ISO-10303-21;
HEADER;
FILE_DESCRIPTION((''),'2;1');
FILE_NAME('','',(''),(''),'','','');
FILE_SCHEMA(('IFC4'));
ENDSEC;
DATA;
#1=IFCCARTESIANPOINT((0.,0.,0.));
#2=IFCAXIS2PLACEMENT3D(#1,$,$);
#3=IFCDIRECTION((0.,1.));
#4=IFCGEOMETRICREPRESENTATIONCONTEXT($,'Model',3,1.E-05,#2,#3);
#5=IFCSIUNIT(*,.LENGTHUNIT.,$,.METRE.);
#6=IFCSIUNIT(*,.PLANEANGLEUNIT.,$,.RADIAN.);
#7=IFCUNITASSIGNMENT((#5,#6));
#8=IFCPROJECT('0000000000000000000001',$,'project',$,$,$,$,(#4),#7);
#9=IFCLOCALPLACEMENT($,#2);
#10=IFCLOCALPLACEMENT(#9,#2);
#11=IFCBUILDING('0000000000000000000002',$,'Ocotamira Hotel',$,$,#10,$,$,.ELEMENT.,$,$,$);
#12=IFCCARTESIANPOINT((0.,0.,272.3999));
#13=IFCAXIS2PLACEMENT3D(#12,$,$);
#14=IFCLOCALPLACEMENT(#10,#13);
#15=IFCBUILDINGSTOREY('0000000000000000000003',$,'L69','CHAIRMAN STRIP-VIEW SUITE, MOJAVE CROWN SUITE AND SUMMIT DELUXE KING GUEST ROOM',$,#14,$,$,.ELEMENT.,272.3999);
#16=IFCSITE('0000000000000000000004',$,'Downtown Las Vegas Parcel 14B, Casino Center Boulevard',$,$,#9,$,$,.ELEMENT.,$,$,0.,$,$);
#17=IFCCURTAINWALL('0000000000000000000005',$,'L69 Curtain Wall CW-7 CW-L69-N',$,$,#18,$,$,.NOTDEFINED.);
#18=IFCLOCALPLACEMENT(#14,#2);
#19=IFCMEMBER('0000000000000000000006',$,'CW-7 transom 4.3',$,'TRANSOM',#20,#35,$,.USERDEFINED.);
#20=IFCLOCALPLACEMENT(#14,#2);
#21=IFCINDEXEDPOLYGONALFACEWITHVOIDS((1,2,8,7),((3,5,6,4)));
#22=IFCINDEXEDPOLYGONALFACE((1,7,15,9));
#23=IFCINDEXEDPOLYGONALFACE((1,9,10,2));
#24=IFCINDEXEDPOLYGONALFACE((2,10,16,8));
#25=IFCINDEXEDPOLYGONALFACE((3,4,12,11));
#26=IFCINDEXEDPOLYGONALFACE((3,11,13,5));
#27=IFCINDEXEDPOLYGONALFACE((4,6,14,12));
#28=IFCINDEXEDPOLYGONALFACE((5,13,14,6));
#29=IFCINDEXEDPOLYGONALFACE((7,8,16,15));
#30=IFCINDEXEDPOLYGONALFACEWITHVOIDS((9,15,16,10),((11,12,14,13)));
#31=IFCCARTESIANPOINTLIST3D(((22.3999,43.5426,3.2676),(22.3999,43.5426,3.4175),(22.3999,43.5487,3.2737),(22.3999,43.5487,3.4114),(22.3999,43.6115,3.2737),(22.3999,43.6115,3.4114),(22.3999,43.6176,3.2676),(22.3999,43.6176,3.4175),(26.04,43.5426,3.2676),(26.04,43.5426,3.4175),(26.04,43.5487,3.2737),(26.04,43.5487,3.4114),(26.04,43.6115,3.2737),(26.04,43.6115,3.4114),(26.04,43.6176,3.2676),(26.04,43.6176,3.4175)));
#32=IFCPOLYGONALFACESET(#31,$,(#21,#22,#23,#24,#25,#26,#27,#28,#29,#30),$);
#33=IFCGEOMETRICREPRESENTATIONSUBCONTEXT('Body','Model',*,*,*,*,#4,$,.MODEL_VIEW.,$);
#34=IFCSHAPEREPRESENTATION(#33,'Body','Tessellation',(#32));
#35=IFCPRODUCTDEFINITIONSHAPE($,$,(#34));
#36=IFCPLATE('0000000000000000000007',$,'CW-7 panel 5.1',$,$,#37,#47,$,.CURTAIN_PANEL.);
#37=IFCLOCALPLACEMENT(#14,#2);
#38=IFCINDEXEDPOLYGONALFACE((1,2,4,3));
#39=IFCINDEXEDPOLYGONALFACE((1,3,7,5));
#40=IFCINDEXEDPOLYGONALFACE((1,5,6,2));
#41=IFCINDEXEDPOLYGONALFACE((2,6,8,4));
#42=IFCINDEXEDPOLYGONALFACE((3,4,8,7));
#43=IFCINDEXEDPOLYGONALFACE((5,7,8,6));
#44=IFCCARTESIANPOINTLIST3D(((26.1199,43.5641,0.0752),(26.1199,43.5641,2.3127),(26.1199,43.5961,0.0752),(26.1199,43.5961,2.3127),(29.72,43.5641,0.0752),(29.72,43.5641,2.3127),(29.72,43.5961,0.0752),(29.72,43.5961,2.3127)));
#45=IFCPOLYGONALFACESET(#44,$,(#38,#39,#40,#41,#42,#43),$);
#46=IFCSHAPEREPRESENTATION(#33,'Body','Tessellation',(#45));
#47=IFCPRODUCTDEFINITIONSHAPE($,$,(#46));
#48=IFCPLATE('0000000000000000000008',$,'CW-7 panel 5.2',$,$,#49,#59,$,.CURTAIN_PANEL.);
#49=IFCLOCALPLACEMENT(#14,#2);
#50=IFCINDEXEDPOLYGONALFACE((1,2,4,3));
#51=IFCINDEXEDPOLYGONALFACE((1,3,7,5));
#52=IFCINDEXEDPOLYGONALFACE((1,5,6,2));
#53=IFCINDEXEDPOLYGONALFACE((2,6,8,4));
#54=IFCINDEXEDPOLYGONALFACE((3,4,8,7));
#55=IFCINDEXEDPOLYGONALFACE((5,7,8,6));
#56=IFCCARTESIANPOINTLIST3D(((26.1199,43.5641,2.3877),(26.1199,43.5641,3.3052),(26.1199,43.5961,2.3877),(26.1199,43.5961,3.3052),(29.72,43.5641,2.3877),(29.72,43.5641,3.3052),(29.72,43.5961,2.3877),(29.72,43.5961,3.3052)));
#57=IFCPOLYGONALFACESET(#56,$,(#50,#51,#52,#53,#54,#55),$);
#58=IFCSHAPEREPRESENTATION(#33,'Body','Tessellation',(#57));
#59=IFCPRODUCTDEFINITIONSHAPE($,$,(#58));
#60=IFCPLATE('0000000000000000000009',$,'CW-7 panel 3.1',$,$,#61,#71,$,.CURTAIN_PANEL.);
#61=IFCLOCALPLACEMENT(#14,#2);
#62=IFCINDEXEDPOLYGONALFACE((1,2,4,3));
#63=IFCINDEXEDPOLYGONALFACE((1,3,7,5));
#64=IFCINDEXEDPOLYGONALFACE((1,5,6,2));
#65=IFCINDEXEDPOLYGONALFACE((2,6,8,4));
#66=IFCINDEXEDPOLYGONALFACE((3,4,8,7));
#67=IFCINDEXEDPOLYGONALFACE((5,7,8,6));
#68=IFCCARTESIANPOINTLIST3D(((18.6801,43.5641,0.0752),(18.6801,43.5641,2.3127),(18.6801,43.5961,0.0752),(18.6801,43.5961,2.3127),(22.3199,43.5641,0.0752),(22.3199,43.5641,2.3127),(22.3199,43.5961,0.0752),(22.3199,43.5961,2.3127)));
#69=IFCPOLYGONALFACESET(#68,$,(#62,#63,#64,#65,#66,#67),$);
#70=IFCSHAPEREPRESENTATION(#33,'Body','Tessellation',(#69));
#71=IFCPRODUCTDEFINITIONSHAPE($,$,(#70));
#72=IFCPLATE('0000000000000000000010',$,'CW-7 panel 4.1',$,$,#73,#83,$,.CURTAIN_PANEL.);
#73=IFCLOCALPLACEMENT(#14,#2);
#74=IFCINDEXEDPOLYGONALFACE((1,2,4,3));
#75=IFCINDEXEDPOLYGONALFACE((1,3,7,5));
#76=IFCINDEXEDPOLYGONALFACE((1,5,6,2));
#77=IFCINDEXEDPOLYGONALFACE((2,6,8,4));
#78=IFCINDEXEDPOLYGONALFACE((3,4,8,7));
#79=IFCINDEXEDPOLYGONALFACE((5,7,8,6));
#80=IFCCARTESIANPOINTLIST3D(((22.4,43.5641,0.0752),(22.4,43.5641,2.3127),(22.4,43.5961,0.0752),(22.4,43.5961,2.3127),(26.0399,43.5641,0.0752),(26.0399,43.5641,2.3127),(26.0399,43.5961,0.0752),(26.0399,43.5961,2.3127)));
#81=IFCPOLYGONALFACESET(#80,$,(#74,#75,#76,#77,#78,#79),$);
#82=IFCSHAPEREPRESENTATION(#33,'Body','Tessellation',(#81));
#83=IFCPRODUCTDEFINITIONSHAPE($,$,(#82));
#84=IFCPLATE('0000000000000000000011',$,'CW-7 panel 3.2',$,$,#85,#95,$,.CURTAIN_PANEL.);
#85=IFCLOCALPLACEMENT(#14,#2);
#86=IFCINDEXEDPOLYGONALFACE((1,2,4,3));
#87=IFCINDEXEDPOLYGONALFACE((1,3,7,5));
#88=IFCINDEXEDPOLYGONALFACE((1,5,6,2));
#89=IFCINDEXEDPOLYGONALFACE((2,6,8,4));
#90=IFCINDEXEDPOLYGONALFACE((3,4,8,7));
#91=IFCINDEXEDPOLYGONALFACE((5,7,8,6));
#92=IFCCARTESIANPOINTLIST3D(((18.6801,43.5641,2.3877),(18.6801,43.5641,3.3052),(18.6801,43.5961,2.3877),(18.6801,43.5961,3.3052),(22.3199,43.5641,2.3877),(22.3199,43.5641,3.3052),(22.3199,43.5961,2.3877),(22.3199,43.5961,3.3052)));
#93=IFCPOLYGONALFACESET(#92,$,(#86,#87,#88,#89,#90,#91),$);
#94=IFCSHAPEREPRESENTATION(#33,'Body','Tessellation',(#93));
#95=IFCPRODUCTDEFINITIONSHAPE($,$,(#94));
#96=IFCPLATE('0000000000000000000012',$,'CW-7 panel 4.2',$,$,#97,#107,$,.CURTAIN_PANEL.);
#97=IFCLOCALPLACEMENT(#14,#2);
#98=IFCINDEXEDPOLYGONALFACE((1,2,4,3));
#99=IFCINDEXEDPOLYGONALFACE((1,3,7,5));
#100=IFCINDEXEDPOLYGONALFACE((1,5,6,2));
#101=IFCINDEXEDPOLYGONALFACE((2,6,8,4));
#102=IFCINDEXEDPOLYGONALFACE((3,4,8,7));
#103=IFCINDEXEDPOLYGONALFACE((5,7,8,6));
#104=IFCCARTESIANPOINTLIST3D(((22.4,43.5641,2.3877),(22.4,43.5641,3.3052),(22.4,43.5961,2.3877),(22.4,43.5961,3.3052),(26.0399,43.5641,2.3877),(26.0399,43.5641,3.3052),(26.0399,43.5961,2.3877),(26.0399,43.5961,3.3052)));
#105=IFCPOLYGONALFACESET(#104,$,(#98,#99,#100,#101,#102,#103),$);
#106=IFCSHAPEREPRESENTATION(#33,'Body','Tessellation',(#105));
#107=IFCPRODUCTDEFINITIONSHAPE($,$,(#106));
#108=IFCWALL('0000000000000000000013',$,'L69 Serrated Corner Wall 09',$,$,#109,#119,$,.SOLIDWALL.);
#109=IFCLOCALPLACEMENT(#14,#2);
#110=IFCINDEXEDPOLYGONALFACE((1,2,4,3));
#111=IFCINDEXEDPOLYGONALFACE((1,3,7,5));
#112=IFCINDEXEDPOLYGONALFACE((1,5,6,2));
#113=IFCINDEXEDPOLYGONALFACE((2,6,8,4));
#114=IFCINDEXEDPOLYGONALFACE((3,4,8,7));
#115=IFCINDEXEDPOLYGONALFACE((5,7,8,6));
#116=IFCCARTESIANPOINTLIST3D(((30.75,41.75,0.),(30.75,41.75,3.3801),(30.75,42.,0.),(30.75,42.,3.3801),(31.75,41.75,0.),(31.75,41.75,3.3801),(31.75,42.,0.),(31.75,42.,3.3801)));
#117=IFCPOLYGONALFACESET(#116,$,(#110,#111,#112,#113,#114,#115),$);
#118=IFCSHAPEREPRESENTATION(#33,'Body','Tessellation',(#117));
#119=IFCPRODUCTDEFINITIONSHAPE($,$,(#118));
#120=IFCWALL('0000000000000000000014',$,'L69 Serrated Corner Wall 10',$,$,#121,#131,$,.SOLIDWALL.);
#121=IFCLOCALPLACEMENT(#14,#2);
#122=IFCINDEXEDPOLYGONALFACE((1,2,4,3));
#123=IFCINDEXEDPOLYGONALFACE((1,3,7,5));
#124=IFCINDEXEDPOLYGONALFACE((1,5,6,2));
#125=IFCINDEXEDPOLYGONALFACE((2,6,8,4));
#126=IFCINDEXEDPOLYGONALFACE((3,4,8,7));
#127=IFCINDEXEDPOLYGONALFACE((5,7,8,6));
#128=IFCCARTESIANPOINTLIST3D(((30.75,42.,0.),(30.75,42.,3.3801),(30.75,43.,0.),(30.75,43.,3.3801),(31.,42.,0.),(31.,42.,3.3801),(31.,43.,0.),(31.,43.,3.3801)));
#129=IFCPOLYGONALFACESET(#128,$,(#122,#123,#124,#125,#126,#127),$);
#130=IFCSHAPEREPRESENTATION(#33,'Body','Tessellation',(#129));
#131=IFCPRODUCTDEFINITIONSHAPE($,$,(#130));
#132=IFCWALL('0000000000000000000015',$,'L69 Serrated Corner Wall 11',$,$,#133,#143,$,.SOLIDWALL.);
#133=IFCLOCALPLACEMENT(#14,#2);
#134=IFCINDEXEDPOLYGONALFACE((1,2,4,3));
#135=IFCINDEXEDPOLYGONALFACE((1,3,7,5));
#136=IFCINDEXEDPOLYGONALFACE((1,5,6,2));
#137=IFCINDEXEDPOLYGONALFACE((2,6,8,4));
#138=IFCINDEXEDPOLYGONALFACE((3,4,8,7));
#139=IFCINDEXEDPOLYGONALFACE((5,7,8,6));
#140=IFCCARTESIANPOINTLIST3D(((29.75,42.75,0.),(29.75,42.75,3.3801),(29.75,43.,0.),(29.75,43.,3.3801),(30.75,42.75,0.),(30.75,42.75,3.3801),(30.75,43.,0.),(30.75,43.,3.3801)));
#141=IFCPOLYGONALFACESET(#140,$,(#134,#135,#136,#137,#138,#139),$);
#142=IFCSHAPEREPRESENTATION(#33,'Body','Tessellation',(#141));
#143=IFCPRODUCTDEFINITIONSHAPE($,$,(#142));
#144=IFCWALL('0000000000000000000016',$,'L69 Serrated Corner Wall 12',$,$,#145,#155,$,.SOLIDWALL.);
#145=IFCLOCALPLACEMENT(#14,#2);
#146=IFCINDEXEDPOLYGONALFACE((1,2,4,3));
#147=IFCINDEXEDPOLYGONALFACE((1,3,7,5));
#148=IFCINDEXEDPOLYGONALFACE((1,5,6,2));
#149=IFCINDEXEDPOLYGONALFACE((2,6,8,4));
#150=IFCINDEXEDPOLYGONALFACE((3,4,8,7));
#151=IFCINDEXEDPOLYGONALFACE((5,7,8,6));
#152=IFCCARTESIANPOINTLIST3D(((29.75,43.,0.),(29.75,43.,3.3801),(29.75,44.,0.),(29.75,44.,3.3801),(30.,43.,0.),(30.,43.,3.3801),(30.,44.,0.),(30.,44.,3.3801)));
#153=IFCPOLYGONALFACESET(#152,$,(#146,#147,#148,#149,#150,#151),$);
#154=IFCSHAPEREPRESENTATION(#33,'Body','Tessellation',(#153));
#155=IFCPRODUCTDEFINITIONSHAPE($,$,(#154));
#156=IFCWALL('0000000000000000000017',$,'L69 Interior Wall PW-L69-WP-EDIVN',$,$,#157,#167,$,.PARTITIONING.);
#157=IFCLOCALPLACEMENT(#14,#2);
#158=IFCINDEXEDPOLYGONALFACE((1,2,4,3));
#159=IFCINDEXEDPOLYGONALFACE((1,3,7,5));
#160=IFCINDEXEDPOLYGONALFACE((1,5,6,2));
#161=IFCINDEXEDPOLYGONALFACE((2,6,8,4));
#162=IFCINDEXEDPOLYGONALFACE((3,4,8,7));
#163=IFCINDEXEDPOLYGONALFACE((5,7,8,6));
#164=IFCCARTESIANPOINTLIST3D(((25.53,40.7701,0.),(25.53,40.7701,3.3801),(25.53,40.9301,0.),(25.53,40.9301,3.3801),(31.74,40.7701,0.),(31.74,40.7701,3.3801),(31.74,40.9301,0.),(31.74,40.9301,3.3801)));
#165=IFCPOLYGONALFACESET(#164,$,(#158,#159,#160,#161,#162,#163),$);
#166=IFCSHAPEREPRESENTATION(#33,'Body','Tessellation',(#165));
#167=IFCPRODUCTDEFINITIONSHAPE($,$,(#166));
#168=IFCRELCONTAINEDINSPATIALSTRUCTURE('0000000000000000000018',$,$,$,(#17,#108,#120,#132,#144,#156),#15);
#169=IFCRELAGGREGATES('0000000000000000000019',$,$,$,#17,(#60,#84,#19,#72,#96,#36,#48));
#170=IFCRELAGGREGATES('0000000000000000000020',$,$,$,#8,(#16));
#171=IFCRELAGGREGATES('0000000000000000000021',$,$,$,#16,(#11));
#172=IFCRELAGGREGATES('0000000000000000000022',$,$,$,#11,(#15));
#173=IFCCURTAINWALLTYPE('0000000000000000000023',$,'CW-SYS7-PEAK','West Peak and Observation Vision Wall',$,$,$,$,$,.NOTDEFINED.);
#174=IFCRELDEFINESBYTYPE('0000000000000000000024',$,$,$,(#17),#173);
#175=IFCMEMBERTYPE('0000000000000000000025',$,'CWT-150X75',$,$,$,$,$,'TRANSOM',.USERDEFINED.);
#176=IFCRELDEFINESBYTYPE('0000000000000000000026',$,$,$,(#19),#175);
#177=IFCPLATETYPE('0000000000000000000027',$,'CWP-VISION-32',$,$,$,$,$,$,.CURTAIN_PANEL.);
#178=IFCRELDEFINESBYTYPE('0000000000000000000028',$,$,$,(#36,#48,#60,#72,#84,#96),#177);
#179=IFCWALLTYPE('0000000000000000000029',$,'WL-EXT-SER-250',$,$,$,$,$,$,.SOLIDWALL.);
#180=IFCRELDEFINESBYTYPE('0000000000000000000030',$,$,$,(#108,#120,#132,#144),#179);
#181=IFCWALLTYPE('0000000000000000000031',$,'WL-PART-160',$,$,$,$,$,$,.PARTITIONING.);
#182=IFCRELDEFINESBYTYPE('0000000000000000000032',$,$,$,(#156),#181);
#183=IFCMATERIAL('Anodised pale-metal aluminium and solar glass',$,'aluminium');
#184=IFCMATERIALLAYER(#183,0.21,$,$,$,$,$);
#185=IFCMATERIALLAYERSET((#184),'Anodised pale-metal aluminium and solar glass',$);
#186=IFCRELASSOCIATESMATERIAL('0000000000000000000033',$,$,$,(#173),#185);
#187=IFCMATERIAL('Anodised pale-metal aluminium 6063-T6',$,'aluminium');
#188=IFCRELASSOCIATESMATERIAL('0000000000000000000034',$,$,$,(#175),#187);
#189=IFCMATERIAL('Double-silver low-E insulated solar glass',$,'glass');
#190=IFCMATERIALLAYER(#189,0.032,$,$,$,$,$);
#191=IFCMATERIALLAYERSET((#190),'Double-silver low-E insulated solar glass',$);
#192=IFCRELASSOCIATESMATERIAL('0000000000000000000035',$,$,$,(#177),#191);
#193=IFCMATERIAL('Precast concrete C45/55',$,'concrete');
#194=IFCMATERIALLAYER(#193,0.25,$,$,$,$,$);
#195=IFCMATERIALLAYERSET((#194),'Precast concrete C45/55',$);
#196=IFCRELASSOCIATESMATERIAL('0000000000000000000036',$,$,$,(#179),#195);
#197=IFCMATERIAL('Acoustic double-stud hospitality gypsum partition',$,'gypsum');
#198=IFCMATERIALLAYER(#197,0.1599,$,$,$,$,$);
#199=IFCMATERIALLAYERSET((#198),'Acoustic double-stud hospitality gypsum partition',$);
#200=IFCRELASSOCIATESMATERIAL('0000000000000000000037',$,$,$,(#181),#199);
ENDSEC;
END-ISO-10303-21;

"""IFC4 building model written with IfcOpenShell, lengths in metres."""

from ifc_helpers import new_model, si_unit, direction, frame, frame_2d, origin, origin_2d, place, context, subcontext, project, spatial, rectangle, hollow_rectangle, extrude, source, transform, mapped, material, layer, layer_set, material_profile, profile_set, type_object, element, aggregate, save


model = new_model("IFC4")

# Units and contexts
model_context = context("Model", 3, precision=1e-05, world=origin(), true_north=direction((0.0, 1.0)))
body_context = subcontext(model_context, "Body", "Model", "MODEL_VIEW")
ifc_project = project(units=[si_unit("LENGTHUNIT", "METRE"), si_unit("PLANEANGLEUNIT", "RADIAN")], contexts=[model_context])

# Site, building, storey
site_placement = place(None, origin())
site = spatial("IfcSite", under=ifc_project, at=site_placement, Name="Downtown Las Vegas Parcel 14B, Casino Center Boulevard", CompositionType="ELEMENT", RefElevation=0.0)
building_placement = place(site_placement, origin())
building = spatial("IfcBuilding", under=site, at=building_placement, Name="Ocotamira Hotel", CompositionType="ELEMENT")
storey_placement = place(building_placement, frame((0.0, 0.0, 272.3999)))
storey = spatial("IfcBuildingStorey", under=building, at=storey_placement, Name="L69", Description="CHAIRMAN STRIP-VIEW SUITE, MOJAVE CROWN SUITE AND SUMMIT DELUXE KING GUEST ROOM", CompositionType="ELEMENT", Elevation=272.3999)

# Curtain wall, member, plates
ifc_material_1 = material(Name="Anodised pale-metal aluminium and solar glass", Category="aluminium")
ifc_layer_1 = layer(ifc_material_1, 0.21)
ifc_layer_set_1 = layer_set([ifc_layer_1], Name="Anodised pale-metal aluminium and solar glass")
curtain_wall_type = type_object("IfcCurtainWallType", Name="CW-SYS7-PEAK", Description="West Peak and Observation Vision Wall", PredefinedType="NOTDEFINED", material=ifc_layer_set_1)
curtain_wall_placement = place(storey_placement, origin())
curtain_wall = element("IfcCurtainWall", 1, at=curtain_wall_placement, inside=storey, type_object=curtain_wall_type, Name="L69 Curtain Wall CW-7 CW-L69-N", PredefinedType="NOTDEFINED")
ifc_material_2 = material(Name="Anodised pale-metal aluminium 6063-T6", Category="aluminium")
ifc_material_profile_1 = material_profile(ifc_material_2, hollow_rectangle(XDim=0.075, YDim=0.1499, WallThickness=0.0061, at=origin_2d()), Name="HSS150X75X6")
ifc_profile_set_1 = profile_set([ifc_material_profile_1], Name="Anodised pale-metal aluminium 6063-T6")
member_type_1 = type_object("IfcMemberType", Name="CWT-150X75", ElementType="TRANSOM", PredefinedType="USERDEFINED", material=ifc_profile_set_1)
shared_shape_1 = source(origin(), body_context, "Body", "SweptSolid", [
    extrude(hollow_rectangle(XDim=0.075, YDim=0.1499, WallThickness=0.0061, at=origin_2d()), origin(), (0.0, 0.0, 1.0), 3.6401),
])
member_1_placement = place(storey_placement, frame((22.3999, 43.5801, 3.3425), z_axis=(1.0, 0.0, 0.0), x_axis=(0.0, 1.0, 0.0)))
member_1 = element("IfcMember", 2, at=member_1_placement, type_object=member_type_1, Name="CW-7 transom 4.3", ObjectType="TRANSOM", PredefinedType="USERDEFINED", context=body_context, shape_type="MappedRepresentation", body=[
    mapped(shared_shape_1, transform((0.0, 0.0, 0.0), scale=1.0)),
])
ifc_material_3 = material(Name="Double-silver low-E insulated solar glass", Category="glass")
ifc_layer_2 = layer(ifc_material_3, 0.032)
ifc_layer_set_2 = layer_set([ifc_layer_2], Name="Double-silver low-E insulated solar glass")
plate_type = type_object("IfcPlateType", Name="CWP-VISION-32", PredefinedType="CURTAIN_PANEL", material=ifc_layer_set_2)
shared_shape_2 = source(origin(), body_context, "Body", "SweptSolid", [
    extrude(rectangle(XDim=3.6001, YDim=0.032, at=origin_2d()), origin(), (0.0, 0.0, 1.0), 2.2375),
])
plate_1_placement = place(storey_placement, frame((27.9199, 43.5801, 0.0752), z_axis=(0.0, 0.0, 1.0), x_axis=(1.0, 0.0, 0.0)))
plate_1 = element("IfcPlate", 3, at=plate_1_placement, type_object=plate_type, Name="CW-7 panel 5.1", PredefinedType="CURTAIN_PANEL", context=body_context, shape_type="MappedRepresentation", body=[
    mapped(shared_shape_2, transform((0.0, 0.0, 0.0), scale=1.0)),
])
shared_shape_3 = source(origin(), body_context, "Body", "SweptSolid", [
    extrude(rectangle(XDim=3.6001, YDim=0.032, at=origin_2d()), origin(), (0.0, 0.0, 1.0), 0.9175),
])
plate_2_placement = place(storey_placement, frame((27.9199, 43.5801, 2.3877), z_axis=(0.0, 0.0, 1.0), x_axis=(1.0, 0.0, 0.0)))
plate_2 = element("IfcPlate", 4, at=plate_2_placement, type_object=plate_type, Name="CW-7 panel 5.2", PredefinedType="CURTAIN_PANEL", context=body_context, shape_type="MappedRepresentation", body=[
    mapped(shared_shape_3, transform((0.0, 0.0, 0.0), scale=1.0)),
])
shared_shape_4 = source(origin(), body_context, "Body", "SweptSolid", [
    extrude(rectangle(XDim=3.6399, YDim=0.032, at=origin_2d()), origin(), (0.0, 0.0, 1.0), 2.2375),
])
plate_3_placement = place(storey_placement, frame((20.5, 43.5801, 0.0752), z_axis=(0.0, 0.0, 1.0), x_axis=(1.0, 0.0, 0.0)))
plate_3 = element("IfcPlate", 5, at=plate_3_placement, type_object=plate_type, Name="CW-7 panel 3.1", PredefinedType="CURTAIN_PANEL", context=body_context, shape_type="MappedRepresentation", body=[
    mapped(shared_shape_4, transform((0.0, 0.0, 0.0), scale=1.0)),
])
plate_4_placement = place(storey_placement, frame((24.22, 43.5801, 0.0752), z_axis=(0.0, 0.0, 1.0), x_axis=(1.0, 0.0, 0.0)))
plate_4 = element("IfcPlate", 6, at=plate_4_placement, type_object=plate_type, Name="CW-7 panel 4.1", PredefinedType="CURTAIN_PANEL", context=body_context, shape_type="MappedRepresentation", body=[
    mapped(shared_shape_4, transform((0.0, 0.0, 0.0), scale=1.0)),
])
shared_shape_5 = source(origin(), body_context, "Body", "SweptSolid", [
    extrude(rectangle(XDim=3.6399, YDim=0.032, at=origin_2d()), origin(), (0.0, 0.0, 1.0), 0.9175),
])
plate_5_placement = place(storey_placement, frame((20.5, 43.5801, 2.3877), z_axis=(0.0, 0.0, 1.0), x_axis=(1.0, 0.0, 0.0)))
plate_5 = element("IfcPlate", 7, at=plate_5_placement, type_object=plate_type, Name="CW-7 panel 3.2", PredefinedType="CURTAIN_PANEL", context=body_context, shape_type="MappedRepresentation", body=[
    mapped(shared_shape_5, transform((0.0, 0.0, 0.0), scale=1.0)),
])
plate_6_placement = place(storey_placement, frame((24.22, 43.5801, 2.3877), z_axis=(0.0, 0.0, 1.0), x_axis=(1.0, 0.0, 0.0)))
plate_6 = element("IfcPlate", 8, at=plate_6_placement, type_object=plate_type, Name="CW-7 panel 4.2", PredefinedType="CURTAIN_PANEL", context=body_context, shape_type="MappedRepresentation", body=[
    mapped(shared_shape_5, transform((0.0, 0.0, 0.0), scale=1.0)),
])
aggregate(curtain_wall, [plate_3, plate_5, member_1, plate_4, plate_6, plate_1, plate_2])

# Walls
ifc_material_4 = material(Name="Precast concrete C45/55", Category="concrete")
ifc_layer_3 = layer(ifc_material_4, 0.25)
ifc_layer_set_3 = layer_set([ifc_layer_3], Name="Precast concrete C45/55")
wall_type_1 = type_object("IfcWallType", Name="WL-EXT-SER-250", PredefinedType="SOLIDWALL", material=ifc_layer_set_3)
for number, where, z_axis, x_axis, name in (
    (9, (31.75, 41.875, 0.0), (0.0, 0.0, 1.0), (-1.0, 0.0, 0.0), "L69 Serrated Corner Wall 09"),
    (10, (30.875, 42.0, 0.0), (0.0, 0.0, 1.0), (0.0, 1.0, 0.0), "L69 Serrated Corner Wall 10"),
    (11, (30.75, 42.875, 0.0), (0.0, 0.0, 1.0), (-1.0, 0.0, 0.0), "L69 Serrated Corner Wall 11"),
    (12, (29.875, 43.0, 0.0), (0.0, 0.0, 1.0), (0.0, 1.0, 0.0), "L69 Serrated Corner Wall 12"),
):
    element("IfcWall", number, at=place(storey_placement, frame(where, z_axis=z_axis, x_axis=x_axis)), inside=storey, type_object=wall_type_1, Name=name, PredefinedType="SOLIDWALL", context=body_context, shape_type="SweptSolid", body=[
        extrude(rectangle(XDim=1.0, YDim=0.25, at=frame_2d((0.5, 0.0))), origin(), (0.0, 0.0, 1.0), 3.3801),
    ])
ifc_material_5 = material(Name="Acoustic double-stud hospitality gypsum partition", Category="gypsum")
ifc_layer_4 = layer(ifc_material_5, 0.1599)
ifc_layer_set_4 = layer_set([ifc_layer_4], Name="Acoustic double-stud hospitality gypsum partition")
wall_type_2 = type_object("IfcWallType", Name="WL-PART-160", PredefinedType="PARTITIONING", material=ifc_layer_set_4)
wall_placement = place(storey_placement, frame((25.53, 40.8501, 0.0), z_axis=(0.0, 0.0, 1.0), x_axis=(1.0, 0.0, 0.0)))
element("IfcWall", 13, at=wall_placement, inside=storey, type_object=wall_type_2, Name="L69 Interior Wall PW-L69-WP-EDIVN", PredefinedType="PARTITIONING", context=body_context, shape_type="SweptSolid", body=[
    extrude(rectangle(XDim=6.21, YDim=0.1599, at=frame_2d((3.105, 0.0))), origin(), (0.0, 0.0, 1.0), 3.3801),
])

save(model, "model.ifc")
